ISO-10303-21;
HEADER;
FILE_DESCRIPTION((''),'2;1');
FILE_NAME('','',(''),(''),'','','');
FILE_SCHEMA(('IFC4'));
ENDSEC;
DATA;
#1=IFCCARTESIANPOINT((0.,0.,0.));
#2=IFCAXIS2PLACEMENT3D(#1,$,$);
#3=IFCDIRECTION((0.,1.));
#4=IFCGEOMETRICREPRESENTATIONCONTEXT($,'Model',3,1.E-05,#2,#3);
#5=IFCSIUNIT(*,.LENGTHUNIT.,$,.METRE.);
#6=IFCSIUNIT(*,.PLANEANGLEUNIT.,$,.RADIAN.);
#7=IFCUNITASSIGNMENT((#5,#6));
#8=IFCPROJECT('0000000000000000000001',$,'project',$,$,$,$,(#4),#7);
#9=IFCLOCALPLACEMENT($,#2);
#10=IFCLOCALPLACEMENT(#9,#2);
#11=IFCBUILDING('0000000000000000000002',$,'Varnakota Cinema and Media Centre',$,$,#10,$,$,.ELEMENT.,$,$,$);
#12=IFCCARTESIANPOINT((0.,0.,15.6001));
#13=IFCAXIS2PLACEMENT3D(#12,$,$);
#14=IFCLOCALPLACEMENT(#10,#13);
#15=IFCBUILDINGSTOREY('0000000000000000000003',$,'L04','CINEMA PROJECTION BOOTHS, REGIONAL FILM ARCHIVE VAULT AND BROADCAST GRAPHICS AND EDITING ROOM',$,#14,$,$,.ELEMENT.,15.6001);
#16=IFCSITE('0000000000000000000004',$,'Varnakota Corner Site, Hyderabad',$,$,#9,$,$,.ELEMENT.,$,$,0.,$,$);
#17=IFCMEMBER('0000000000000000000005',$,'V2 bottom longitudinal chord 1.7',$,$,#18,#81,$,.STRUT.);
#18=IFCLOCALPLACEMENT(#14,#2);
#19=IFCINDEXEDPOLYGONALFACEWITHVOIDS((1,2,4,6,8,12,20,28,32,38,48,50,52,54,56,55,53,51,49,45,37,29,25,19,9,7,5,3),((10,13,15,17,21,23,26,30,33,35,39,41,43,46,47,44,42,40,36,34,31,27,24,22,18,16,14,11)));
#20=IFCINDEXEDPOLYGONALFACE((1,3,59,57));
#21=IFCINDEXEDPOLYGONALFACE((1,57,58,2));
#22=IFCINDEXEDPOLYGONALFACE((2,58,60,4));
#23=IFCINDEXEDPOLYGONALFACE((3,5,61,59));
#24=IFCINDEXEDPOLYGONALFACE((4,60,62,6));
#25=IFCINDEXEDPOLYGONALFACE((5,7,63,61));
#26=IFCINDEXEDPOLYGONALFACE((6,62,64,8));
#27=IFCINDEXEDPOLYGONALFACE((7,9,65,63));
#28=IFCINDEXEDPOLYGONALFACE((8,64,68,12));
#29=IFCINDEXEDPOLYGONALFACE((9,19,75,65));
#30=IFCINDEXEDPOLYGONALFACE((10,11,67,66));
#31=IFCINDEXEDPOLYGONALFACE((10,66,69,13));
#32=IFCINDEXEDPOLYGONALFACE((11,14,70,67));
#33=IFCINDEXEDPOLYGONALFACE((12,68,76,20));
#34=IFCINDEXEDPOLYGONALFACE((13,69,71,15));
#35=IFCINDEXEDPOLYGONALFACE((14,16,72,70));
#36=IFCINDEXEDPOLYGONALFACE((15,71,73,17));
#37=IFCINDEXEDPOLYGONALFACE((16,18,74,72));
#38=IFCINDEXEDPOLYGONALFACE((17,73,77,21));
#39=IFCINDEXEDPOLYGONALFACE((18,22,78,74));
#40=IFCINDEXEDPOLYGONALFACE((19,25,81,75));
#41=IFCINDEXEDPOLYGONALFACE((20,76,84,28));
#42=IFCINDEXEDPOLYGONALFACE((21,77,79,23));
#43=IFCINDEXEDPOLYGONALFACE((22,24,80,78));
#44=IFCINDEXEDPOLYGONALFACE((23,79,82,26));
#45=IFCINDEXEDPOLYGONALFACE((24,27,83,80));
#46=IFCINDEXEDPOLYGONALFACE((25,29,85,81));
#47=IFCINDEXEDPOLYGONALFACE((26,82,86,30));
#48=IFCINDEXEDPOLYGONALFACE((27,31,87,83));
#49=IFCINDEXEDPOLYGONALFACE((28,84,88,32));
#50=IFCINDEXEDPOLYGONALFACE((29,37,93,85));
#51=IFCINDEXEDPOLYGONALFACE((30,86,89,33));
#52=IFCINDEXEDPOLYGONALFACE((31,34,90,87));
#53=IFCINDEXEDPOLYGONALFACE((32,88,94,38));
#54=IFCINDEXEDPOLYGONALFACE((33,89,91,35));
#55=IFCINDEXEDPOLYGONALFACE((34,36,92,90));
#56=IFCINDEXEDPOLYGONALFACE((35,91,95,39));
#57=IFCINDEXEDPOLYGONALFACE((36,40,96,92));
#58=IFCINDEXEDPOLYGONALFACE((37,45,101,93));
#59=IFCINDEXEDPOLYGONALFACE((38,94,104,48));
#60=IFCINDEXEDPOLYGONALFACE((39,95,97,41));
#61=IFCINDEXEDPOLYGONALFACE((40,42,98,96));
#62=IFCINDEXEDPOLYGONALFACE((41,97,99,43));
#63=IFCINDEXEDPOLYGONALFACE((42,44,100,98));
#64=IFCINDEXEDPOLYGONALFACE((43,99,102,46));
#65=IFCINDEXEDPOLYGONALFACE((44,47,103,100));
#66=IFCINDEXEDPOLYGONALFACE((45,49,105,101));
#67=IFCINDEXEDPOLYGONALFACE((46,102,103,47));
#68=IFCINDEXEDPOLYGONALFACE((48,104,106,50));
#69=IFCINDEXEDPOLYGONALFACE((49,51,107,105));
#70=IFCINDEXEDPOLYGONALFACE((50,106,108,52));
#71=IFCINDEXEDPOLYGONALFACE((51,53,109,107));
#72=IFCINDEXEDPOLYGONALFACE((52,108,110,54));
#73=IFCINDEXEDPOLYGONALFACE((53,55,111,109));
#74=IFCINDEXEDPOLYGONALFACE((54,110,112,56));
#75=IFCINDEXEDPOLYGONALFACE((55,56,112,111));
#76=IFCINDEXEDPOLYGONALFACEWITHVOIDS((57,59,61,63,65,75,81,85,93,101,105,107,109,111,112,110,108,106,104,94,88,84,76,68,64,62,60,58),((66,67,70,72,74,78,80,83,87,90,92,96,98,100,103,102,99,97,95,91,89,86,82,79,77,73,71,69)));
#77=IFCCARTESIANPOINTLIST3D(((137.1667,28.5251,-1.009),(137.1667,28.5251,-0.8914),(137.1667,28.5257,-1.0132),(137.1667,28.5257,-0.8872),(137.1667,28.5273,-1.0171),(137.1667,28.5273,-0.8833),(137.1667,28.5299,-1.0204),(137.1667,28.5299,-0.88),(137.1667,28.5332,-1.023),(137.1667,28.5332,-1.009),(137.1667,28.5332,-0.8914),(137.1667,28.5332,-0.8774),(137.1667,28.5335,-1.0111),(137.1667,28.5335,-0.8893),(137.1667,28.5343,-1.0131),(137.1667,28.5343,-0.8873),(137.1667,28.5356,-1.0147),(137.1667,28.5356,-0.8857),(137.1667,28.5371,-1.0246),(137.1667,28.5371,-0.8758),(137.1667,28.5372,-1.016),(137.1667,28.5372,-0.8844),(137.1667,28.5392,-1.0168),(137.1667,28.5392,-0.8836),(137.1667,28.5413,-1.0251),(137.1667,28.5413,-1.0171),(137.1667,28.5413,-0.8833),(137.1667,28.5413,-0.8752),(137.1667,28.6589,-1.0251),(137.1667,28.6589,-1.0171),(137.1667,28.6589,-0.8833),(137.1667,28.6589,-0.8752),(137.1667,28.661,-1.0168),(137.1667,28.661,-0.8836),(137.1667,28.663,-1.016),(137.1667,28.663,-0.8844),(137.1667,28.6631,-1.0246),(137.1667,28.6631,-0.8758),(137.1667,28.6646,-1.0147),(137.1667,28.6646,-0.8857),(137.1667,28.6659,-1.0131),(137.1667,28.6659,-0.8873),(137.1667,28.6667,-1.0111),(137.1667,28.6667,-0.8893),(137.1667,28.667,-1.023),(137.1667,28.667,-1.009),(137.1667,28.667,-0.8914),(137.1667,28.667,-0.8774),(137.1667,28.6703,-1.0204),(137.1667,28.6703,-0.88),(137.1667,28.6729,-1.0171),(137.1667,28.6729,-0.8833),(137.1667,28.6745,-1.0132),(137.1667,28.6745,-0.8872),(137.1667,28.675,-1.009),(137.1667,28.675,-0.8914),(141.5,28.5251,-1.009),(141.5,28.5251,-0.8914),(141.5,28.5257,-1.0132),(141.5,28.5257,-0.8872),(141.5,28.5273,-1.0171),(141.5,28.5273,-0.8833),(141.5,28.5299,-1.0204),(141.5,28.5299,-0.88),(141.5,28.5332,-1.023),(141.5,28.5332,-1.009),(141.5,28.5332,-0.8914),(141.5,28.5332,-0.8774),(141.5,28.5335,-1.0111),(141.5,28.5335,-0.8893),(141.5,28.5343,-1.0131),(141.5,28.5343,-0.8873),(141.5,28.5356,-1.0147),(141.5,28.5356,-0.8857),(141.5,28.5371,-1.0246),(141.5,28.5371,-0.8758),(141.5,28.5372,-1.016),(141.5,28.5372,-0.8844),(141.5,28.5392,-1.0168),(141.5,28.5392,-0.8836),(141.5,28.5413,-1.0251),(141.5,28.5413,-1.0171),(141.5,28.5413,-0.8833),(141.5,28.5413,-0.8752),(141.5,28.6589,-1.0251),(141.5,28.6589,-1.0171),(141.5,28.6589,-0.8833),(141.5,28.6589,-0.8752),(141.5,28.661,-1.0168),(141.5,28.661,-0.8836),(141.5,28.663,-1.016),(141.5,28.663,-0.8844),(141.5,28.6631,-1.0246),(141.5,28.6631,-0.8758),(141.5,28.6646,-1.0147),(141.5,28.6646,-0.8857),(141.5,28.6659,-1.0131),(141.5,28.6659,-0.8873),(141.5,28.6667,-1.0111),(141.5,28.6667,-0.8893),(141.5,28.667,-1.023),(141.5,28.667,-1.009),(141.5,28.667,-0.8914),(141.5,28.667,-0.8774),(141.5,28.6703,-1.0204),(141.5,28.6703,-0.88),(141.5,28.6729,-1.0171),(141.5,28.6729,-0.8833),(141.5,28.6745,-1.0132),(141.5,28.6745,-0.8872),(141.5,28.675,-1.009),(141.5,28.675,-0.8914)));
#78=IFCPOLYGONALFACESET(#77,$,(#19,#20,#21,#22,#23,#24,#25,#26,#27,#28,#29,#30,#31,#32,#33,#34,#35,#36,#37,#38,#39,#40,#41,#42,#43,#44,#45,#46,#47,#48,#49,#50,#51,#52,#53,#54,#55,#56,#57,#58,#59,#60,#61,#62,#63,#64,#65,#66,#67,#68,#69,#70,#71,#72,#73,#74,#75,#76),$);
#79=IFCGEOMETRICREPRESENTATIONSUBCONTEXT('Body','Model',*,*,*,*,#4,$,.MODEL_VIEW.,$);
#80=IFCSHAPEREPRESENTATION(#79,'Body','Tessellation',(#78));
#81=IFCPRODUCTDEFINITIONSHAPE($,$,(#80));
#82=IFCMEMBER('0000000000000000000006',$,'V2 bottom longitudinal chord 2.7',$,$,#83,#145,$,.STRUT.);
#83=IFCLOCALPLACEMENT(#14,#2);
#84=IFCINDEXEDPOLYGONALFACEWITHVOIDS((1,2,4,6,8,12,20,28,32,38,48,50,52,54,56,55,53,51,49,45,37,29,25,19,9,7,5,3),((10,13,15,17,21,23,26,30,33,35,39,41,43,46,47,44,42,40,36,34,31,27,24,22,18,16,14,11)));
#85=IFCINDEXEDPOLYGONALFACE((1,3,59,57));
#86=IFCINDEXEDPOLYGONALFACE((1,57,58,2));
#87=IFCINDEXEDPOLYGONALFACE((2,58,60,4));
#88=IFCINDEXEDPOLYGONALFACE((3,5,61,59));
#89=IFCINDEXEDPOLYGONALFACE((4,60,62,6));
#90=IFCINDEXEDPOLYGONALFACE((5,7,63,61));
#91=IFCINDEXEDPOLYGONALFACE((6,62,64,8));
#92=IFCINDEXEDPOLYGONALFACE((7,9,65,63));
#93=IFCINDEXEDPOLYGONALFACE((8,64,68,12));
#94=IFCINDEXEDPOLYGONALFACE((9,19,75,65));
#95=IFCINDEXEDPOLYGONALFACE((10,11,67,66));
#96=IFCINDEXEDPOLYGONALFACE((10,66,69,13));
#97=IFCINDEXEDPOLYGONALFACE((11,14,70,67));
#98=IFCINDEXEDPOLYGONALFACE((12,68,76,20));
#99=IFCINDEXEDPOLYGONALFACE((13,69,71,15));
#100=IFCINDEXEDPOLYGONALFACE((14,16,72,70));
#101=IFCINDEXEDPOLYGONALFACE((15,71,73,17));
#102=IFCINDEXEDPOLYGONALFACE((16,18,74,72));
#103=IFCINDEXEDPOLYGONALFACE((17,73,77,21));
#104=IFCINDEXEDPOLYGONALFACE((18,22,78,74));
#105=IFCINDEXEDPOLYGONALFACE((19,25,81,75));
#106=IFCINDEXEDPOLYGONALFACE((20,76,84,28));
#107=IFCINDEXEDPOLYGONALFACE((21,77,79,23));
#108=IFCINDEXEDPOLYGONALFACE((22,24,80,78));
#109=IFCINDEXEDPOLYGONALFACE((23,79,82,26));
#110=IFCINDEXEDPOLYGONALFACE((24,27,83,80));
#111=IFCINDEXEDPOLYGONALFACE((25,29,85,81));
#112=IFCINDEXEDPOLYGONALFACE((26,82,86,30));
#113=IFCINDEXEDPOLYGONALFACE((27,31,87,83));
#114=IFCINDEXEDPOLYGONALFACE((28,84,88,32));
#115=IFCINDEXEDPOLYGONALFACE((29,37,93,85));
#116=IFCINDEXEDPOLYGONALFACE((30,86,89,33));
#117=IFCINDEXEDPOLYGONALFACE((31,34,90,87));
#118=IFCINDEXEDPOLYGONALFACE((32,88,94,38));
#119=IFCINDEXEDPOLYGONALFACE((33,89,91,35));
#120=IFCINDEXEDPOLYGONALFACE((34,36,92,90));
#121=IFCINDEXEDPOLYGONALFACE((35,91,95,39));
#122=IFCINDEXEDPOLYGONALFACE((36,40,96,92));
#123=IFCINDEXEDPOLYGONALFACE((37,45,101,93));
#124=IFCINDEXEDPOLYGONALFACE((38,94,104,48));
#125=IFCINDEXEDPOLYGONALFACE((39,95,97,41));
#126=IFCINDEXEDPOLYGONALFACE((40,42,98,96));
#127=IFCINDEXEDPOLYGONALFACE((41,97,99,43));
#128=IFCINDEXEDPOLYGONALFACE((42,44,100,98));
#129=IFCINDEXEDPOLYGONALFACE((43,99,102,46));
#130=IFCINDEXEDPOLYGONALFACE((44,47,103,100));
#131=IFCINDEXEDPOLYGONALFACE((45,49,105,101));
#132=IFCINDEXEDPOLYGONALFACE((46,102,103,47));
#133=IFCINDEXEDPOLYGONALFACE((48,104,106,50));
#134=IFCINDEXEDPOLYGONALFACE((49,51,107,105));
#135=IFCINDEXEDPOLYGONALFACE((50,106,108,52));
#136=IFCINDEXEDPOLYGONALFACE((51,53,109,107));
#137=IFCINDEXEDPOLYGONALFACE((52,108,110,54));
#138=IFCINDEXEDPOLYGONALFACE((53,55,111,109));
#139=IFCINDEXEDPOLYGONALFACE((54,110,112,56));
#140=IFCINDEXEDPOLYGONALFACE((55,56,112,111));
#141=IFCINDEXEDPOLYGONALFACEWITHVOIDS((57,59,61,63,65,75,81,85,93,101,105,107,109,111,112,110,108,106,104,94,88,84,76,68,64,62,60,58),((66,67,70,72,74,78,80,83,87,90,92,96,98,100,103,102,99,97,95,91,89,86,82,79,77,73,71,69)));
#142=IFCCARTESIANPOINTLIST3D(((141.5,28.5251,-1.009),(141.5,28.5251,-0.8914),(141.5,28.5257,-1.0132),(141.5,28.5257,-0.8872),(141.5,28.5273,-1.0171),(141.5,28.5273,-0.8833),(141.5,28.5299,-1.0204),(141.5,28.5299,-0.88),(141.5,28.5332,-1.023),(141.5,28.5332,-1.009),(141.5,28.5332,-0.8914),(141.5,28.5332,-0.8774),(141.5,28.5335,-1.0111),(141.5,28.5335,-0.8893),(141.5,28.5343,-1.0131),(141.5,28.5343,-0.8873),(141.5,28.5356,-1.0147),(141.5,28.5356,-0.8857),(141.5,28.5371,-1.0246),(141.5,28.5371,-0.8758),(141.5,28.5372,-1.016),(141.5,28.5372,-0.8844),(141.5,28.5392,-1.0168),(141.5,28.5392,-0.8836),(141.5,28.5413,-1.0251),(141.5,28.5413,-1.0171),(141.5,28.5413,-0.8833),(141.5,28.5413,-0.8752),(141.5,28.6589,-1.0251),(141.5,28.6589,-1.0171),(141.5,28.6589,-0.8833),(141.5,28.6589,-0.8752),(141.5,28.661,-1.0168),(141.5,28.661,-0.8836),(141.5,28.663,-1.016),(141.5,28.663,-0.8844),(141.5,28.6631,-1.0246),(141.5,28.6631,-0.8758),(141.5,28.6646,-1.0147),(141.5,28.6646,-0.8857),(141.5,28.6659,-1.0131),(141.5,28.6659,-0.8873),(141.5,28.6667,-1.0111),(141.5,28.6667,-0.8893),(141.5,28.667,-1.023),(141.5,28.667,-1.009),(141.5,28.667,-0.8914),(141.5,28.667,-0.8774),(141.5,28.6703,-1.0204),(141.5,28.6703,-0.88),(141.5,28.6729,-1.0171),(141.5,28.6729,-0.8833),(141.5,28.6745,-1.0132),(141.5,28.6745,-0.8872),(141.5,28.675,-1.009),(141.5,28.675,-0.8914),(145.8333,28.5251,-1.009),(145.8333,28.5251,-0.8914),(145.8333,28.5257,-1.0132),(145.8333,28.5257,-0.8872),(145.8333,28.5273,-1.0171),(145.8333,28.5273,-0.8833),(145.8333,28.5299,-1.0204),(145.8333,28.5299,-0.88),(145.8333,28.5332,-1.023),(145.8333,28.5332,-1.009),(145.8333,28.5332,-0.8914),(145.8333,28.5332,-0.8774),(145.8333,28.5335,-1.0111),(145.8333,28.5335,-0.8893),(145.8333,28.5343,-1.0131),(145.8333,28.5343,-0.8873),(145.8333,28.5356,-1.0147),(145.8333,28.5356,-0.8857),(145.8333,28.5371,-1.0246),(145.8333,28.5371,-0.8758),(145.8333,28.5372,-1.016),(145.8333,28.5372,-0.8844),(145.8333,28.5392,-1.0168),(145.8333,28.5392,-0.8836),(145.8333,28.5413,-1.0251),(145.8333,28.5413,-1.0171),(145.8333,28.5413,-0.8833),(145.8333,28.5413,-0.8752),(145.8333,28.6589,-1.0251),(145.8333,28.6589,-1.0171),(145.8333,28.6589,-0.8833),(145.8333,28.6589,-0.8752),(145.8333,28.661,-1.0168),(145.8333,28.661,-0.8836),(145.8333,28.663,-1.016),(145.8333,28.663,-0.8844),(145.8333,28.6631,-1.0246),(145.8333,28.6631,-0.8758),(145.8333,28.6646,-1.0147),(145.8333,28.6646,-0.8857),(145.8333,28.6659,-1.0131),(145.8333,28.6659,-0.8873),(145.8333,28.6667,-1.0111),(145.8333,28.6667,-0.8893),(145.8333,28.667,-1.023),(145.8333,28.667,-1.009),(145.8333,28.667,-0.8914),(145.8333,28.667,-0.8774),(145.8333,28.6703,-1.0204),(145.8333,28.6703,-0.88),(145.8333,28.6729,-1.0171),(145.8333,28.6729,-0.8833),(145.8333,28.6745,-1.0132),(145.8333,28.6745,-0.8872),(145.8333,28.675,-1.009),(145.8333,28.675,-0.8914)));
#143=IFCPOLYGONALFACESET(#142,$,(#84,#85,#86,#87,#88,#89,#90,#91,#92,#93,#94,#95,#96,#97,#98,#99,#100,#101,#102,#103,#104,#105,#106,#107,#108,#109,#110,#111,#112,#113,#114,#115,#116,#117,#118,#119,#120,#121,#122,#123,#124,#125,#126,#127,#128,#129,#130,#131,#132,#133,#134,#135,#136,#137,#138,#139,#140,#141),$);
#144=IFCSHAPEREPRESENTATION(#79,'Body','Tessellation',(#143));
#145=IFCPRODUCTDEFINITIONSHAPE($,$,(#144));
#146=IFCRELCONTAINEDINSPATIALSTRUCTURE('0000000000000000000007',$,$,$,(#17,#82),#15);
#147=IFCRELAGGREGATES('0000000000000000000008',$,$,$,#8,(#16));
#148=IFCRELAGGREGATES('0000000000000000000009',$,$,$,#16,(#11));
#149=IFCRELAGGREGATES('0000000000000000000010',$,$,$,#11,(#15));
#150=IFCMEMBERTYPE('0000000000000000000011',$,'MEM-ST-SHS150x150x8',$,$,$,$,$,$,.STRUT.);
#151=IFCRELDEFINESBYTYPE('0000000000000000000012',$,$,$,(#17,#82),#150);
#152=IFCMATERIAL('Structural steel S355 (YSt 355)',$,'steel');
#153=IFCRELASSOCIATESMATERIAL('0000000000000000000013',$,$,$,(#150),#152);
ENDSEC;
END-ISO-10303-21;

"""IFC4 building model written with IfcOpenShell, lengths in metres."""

from ifc_helpers import new_model, si_unit, direction, frame, origin, origin_2d, place, context, subcontext, project, spatial, hollow_rectangle, extrude, material, material_profile, profile_set, type_object, element, save


model = new_model("IFC4")

# Units and contexts
model_context = context("Model", 3, precision=1e-05, world=origin(), true_north=direction((0.0, 1.0)))
body_context = subcontext(model_context, "Body", "Model", "MODEL_VIEW")
ifc_project = project(units=[si_unit("LENGTHUNIT", "METRE"), si_unit("PLANEANGLEUNIT", "RADIAN")], contexts=[model_context])

# Site, building, storey
site_placement = place(None, origin())
site = spatial("IfcSite", under=ifc_project, at=site_placement, Name="Varnakota Corner Site, Hyderabad", CompositionType="ELEMENT", RefElevation=0.0)
building_placement = place(site_placement, origin())
building = spatial("IfcBuilding", under=site, at=building_placement, Name="Varnakota Cinema and Media Centre", CompositionType="ELEMENT")
storey_placement = place(building_placement, frame((0.0, 0.0, 15.6001)))
storey = spatial("IfcBuildingStorey", under=building, at=storey_placement, Name="L04", Description="CINEMA PROJECTION BOOTHS, REGIONAL FILM ARCHIVE VAULT AND BROADCAST GRAPHICS AND EDITING ROOM", CompositionType="ELEMENT", Elevation=15.6001)

# Members
ifc_material_1 = material(Name="Structural steel S355 (YSt 355)", Category="steel")
ifc_material_profile_1 = material_profile(ifc_material_1, hollow_rectangle(XDim=0.1499, YDim=0.1499, WallThickness=0.0081, InnerFilletRadius=0.0081, OuterFilletRadius=0.0161, at=origin_2d()), Name="SHS 150x150x8")
ifc_profile_set_1 = profile_set([ifc_material_profile_1], Name="Structural steel S355 (YSt 355)")
member_type_1 = type_object("IfcMemberType", Name="MEM-ST-SHS150x150x8", PredefinedType="STRUT", material=ifc_profile_set_1)
for number, where, z_axis, x_axis, name in (
    (1, (137.1667, 28.6001, -0.9502), (1.0, 0.0, 0.0), (0.0, 1.0, 0.0), "V2 bottom longitudinal chord 1.7"),
    (2, (141.5, 28.6001, -0.9502), (1.0, 0.0, 0.0), (0.0, 1.0, 0.0), "V2 bottom longitudinal chord 2.7"),
):
    element("IfcMember", number, at=place(storey_placement, frame(where, z_axis=z_axis, x_axis=x_axis)), inside=storey, type_object=member_type_1, Name=name, PredefinedType="STRUT", context=body_context, shape_type="SweptSolid", body=[
        extrude(hollow_rectangle(XDim=0.1499, YDim=0.1499, WallThickness=0.0081, InnerFilletRadius=0.0081, OuterFilletRadius=0.0161, at=origin_2d()), origin(), (0.0, 0.0, 1.0), 4.3333),
    ])

save(model, "model.ifc")
